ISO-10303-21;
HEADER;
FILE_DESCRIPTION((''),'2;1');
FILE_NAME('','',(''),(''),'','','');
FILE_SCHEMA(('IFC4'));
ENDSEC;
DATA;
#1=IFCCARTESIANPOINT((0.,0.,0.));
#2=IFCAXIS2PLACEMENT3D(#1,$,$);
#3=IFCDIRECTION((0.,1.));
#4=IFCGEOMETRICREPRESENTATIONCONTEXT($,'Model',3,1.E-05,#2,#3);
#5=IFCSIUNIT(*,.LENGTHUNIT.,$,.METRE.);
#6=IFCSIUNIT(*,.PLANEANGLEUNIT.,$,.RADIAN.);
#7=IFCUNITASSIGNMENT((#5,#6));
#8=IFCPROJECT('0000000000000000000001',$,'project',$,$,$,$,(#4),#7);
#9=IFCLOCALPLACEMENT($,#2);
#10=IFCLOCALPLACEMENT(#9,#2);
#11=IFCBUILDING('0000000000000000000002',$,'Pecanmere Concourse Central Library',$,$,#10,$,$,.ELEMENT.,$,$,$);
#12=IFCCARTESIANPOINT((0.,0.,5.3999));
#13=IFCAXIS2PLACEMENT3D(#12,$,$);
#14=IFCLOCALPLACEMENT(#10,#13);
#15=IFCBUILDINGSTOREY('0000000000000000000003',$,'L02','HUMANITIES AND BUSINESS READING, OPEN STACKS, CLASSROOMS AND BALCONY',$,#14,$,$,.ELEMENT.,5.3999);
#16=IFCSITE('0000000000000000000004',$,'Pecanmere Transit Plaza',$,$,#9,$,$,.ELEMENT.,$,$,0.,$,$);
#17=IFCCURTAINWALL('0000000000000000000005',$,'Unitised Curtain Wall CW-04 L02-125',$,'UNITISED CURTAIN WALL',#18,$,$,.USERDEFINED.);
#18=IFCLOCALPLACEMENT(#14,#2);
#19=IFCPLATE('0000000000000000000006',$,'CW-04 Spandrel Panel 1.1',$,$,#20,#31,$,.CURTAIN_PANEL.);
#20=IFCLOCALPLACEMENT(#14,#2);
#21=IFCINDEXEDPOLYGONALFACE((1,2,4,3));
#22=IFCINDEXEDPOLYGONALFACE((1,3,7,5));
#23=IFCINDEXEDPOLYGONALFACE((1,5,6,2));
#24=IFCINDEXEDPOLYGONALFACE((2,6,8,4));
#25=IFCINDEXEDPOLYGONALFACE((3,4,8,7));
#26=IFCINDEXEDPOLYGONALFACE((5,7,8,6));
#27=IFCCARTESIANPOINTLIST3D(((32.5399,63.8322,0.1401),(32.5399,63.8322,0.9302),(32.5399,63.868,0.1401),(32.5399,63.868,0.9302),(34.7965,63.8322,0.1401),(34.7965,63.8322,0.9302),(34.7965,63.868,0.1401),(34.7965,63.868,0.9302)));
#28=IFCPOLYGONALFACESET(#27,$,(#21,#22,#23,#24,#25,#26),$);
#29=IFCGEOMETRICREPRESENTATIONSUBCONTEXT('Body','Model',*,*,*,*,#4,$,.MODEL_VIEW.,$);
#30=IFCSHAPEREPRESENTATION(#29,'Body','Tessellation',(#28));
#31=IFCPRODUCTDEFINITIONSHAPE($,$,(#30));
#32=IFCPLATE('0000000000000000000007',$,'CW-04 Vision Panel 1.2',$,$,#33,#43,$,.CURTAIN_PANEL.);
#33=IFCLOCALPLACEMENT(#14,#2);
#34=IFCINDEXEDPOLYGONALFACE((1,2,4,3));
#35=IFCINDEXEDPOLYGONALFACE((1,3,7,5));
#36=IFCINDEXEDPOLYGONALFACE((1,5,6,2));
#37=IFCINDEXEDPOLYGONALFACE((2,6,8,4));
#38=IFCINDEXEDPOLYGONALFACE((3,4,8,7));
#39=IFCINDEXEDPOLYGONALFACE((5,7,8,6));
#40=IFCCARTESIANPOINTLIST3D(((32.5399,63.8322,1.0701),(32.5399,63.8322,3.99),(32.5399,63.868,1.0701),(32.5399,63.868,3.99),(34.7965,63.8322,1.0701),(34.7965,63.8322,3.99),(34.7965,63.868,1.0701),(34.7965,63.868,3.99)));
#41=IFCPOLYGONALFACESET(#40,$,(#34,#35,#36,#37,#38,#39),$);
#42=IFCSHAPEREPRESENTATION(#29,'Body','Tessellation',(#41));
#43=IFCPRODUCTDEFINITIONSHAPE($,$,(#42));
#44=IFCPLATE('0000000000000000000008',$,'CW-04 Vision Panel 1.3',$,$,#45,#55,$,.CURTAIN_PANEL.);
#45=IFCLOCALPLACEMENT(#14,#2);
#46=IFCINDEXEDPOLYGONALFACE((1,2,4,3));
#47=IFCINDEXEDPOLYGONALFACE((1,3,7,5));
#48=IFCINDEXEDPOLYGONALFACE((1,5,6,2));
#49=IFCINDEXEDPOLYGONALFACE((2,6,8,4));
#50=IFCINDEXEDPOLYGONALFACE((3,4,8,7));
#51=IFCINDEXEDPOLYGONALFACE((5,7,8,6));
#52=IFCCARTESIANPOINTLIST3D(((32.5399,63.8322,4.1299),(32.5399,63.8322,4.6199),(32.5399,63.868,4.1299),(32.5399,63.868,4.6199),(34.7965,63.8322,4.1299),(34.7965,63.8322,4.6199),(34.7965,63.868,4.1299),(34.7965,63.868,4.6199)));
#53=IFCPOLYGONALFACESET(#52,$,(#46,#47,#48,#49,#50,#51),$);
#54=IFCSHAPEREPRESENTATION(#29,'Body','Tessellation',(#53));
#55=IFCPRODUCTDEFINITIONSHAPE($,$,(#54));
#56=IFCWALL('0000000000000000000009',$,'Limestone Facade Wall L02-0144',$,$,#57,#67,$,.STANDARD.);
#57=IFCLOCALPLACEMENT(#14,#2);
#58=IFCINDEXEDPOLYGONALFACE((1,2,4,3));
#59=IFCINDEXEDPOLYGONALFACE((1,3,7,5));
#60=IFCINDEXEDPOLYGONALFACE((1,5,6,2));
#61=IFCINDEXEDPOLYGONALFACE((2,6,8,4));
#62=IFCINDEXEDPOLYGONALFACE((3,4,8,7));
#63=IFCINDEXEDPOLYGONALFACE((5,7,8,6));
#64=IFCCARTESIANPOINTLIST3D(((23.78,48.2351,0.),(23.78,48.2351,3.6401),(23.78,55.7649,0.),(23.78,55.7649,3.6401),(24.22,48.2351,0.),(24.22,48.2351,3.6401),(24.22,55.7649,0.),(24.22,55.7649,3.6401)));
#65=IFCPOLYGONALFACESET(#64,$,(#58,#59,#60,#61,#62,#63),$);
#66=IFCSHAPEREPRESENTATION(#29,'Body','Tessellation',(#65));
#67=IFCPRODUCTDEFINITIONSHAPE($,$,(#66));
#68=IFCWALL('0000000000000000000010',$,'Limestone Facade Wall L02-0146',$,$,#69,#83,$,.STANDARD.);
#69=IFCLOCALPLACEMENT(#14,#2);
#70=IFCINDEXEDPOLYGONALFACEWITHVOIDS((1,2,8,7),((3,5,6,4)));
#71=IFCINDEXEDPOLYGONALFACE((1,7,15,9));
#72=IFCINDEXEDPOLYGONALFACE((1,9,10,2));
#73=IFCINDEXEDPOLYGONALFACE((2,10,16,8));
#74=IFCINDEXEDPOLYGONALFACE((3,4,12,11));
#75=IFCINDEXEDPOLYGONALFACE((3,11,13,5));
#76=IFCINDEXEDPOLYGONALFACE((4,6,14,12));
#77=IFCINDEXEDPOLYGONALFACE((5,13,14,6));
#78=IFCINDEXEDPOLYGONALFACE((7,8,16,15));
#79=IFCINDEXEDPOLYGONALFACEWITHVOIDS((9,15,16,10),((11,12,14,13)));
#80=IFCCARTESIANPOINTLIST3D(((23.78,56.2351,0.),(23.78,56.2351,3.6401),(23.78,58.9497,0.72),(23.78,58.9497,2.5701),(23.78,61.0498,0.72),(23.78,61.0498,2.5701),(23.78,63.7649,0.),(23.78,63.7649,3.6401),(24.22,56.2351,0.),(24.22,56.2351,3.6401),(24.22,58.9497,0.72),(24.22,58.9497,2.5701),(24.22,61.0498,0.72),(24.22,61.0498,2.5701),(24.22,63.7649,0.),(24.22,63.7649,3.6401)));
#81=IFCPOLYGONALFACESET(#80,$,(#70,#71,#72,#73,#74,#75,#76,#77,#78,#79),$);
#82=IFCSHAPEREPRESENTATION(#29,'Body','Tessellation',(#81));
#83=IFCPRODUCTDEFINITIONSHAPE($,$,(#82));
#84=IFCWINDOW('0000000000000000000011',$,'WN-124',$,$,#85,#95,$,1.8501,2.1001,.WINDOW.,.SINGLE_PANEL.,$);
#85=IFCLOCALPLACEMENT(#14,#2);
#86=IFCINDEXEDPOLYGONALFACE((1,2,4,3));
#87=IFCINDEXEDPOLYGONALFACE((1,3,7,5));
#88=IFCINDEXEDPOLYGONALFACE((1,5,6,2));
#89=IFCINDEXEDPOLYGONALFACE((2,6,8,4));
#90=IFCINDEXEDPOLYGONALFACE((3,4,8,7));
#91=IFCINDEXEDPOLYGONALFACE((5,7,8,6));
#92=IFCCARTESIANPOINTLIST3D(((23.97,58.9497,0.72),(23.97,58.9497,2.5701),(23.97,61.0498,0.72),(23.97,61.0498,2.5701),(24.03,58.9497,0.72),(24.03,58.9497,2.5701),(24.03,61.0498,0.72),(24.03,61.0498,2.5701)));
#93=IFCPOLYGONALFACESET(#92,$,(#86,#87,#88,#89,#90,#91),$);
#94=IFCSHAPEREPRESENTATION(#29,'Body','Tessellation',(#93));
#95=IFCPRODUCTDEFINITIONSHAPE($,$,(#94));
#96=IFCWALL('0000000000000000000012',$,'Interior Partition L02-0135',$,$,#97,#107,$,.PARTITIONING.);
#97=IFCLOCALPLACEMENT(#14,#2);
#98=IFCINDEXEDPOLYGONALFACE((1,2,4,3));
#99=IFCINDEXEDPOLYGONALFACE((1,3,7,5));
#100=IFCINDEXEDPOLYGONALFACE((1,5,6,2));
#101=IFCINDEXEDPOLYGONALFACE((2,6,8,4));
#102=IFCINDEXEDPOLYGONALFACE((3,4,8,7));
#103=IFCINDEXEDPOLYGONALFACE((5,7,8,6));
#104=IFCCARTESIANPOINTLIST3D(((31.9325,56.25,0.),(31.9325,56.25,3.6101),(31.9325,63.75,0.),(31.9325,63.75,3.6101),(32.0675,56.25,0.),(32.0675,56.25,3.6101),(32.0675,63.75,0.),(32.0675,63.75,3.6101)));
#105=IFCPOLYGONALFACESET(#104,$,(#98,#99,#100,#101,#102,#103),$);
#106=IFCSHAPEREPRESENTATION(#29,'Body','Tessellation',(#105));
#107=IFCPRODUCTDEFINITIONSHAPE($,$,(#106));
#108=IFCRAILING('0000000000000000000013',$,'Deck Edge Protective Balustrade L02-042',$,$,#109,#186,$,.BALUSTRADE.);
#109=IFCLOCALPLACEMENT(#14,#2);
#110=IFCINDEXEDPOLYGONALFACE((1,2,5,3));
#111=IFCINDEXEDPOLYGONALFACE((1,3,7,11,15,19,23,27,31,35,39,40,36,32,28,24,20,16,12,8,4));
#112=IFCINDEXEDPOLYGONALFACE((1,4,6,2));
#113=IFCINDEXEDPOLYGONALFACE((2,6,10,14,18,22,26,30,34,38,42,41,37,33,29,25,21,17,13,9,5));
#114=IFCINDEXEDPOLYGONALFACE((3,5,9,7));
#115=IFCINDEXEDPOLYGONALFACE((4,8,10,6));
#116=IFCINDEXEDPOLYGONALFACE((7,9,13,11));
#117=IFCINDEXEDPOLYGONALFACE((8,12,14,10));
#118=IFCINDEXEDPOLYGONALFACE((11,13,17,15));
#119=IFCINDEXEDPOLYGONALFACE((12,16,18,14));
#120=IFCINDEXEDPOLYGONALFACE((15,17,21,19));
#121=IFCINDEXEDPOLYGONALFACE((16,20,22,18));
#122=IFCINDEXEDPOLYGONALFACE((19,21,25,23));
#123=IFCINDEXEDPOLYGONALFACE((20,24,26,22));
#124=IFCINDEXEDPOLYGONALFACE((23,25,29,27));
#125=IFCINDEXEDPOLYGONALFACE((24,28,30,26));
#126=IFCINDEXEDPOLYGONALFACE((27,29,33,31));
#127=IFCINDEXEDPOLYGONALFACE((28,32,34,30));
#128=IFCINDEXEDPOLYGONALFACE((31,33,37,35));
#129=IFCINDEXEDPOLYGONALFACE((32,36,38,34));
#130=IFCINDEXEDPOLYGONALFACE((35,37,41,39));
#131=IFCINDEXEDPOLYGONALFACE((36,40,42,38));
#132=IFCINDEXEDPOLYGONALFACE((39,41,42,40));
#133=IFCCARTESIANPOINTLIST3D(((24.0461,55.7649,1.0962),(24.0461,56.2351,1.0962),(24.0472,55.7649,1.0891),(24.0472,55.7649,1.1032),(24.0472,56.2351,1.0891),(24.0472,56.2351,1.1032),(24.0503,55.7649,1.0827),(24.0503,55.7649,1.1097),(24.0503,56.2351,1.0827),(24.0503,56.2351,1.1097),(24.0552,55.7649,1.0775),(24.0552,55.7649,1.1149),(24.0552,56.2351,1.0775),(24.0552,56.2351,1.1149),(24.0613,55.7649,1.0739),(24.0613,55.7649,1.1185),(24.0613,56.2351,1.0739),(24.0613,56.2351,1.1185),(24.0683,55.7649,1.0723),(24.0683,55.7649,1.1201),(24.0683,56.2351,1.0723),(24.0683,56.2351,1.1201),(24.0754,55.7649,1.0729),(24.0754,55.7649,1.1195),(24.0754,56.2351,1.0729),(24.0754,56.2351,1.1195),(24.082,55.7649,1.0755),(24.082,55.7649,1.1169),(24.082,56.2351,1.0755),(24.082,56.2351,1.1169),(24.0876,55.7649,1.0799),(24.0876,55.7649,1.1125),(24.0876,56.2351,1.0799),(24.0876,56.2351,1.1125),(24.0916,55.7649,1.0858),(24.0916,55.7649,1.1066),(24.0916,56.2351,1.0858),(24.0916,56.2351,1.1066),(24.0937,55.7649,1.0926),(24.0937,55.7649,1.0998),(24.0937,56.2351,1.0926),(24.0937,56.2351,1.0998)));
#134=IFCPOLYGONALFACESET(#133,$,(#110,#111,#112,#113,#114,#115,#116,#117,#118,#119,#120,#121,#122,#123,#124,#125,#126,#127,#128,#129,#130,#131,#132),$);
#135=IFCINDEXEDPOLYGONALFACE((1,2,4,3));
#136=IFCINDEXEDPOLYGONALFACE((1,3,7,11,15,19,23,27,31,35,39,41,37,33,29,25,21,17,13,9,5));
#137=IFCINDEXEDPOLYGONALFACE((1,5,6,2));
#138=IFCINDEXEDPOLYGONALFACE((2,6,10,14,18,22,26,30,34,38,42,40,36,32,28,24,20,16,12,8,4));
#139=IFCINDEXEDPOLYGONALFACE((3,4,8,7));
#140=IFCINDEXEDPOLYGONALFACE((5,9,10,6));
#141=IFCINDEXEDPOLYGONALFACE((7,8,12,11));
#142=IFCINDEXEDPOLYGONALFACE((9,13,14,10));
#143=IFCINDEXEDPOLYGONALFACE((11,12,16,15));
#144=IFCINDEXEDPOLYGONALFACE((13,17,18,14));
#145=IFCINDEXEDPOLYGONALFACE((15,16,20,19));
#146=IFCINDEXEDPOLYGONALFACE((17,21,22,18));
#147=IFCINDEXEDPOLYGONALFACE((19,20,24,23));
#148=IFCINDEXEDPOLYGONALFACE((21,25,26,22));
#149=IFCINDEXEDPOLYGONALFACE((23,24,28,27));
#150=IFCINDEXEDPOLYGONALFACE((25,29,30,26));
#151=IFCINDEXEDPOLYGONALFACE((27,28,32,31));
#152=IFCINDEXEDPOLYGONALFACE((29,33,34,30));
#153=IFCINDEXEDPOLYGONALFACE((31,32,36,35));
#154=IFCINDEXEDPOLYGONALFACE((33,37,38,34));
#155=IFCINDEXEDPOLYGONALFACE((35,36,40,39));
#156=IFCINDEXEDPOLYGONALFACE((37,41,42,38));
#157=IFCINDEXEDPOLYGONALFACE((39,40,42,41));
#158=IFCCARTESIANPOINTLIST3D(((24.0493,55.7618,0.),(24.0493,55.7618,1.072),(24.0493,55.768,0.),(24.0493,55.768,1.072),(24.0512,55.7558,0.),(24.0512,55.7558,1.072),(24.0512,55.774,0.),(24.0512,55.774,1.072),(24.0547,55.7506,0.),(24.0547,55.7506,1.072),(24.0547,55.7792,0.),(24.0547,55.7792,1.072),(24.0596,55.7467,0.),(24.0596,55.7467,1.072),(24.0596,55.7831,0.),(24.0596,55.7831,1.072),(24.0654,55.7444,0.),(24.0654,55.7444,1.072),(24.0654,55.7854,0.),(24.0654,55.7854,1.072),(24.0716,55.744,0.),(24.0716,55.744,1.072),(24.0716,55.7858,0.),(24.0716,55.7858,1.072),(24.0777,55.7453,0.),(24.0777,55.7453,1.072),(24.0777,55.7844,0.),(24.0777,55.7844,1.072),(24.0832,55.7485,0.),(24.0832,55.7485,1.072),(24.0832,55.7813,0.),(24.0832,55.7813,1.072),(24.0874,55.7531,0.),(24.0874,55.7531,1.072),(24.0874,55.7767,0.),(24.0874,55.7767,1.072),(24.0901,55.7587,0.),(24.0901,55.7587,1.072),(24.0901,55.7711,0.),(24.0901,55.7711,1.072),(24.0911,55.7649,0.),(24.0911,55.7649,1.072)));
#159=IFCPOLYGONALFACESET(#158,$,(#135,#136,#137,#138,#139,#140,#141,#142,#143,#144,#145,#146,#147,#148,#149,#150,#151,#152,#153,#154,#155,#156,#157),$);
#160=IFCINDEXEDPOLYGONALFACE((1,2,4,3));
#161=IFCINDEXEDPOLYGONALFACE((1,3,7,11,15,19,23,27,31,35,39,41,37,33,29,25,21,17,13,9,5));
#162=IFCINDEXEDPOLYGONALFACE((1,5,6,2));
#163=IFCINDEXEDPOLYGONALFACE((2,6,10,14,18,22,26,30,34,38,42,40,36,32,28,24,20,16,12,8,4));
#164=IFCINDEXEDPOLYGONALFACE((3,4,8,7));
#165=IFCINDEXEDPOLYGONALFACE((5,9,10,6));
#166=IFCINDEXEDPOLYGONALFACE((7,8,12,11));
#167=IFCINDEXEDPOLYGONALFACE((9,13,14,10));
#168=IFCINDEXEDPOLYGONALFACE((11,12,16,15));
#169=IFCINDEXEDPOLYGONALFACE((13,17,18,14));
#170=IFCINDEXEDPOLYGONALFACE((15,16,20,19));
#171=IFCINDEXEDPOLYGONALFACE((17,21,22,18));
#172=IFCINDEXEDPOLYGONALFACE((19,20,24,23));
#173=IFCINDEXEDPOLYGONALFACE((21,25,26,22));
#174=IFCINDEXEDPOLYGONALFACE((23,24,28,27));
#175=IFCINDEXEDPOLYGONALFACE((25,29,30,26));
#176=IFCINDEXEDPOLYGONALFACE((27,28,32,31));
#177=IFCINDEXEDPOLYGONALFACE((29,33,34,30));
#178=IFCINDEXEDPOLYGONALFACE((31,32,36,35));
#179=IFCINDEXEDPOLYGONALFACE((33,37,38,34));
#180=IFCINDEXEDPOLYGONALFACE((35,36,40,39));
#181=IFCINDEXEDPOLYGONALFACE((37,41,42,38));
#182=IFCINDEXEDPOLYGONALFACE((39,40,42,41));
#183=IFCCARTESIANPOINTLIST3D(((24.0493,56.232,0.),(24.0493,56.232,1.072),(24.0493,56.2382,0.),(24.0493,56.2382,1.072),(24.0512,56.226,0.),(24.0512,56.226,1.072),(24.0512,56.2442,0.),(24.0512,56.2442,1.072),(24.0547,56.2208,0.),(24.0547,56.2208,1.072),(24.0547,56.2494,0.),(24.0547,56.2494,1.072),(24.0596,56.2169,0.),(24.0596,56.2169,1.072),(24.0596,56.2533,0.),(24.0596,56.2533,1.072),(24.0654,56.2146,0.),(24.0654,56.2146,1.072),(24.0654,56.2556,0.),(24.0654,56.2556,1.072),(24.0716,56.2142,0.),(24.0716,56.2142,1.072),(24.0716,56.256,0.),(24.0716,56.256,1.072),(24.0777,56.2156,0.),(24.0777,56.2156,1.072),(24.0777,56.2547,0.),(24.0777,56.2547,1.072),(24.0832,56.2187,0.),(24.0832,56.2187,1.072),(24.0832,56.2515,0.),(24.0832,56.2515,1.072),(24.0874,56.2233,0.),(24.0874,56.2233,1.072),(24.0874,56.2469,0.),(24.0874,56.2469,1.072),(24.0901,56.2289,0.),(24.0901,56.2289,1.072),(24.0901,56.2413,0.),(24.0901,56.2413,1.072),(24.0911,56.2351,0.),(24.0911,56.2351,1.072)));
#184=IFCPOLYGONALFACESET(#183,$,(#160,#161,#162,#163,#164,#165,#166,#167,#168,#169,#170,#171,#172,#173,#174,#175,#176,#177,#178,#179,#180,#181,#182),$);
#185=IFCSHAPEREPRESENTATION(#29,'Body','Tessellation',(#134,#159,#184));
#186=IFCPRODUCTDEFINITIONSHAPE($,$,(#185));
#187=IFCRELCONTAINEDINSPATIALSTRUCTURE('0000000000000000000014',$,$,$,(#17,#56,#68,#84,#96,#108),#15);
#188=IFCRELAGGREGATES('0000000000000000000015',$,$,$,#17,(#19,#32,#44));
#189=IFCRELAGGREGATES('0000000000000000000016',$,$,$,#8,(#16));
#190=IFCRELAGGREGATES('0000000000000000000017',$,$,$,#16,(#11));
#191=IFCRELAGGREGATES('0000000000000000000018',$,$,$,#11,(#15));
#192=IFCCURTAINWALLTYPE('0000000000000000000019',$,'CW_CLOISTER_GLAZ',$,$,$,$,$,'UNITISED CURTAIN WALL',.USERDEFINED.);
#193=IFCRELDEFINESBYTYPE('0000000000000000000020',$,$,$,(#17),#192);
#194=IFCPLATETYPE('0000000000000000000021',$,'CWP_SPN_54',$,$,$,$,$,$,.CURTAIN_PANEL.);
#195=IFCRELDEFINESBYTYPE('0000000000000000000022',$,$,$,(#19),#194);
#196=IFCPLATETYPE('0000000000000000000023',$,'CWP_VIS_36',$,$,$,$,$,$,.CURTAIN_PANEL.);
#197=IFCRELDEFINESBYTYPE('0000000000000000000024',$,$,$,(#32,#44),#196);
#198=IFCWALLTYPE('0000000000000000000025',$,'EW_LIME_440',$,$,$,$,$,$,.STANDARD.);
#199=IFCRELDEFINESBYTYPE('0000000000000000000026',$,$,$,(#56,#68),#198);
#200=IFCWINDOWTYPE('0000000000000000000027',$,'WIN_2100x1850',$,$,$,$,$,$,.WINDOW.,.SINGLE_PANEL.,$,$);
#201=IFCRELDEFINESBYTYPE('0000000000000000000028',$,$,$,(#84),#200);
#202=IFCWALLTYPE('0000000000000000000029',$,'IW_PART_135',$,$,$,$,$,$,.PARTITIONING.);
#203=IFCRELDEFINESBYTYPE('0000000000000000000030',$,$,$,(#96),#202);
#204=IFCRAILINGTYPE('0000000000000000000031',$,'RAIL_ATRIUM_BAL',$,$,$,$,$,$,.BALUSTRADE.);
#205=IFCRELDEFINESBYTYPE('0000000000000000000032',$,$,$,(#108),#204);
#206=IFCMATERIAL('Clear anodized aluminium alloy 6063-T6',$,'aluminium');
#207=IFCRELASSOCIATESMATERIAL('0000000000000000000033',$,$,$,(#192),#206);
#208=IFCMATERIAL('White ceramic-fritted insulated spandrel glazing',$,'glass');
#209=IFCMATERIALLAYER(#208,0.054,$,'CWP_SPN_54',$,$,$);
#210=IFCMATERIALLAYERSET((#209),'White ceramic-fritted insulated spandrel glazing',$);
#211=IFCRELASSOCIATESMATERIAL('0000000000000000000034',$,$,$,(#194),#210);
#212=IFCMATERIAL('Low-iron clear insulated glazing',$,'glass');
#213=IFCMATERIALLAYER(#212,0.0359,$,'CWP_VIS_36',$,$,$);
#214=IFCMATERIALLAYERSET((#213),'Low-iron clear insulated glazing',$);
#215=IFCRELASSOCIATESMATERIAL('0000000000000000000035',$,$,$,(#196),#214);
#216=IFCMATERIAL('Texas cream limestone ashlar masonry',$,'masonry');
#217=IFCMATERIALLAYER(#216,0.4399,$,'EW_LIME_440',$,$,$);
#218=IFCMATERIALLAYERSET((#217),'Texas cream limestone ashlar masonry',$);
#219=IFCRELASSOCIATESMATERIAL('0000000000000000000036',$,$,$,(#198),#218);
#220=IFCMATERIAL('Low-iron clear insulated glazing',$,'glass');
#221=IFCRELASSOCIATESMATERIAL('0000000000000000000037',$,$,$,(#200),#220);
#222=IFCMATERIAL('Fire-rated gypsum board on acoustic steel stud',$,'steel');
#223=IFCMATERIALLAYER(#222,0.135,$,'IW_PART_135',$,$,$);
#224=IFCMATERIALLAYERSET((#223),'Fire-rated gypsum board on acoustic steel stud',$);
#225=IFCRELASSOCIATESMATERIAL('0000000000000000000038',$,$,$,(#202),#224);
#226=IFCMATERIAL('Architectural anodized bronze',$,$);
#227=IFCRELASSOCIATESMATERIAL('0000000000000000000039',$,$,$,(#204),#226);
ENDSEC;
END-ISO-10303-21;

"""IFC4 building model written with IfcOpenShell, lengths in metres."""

from ifc_helpers import new_model, si_unit, direction, frame, frame_2d, origin, origin_2d, place, context, subcontext, project, spatial, rectangle, circle, extrude, material, layer, layer_set, type_object, element, fill, aggregate, save


model = new_model("IFC4")

# Units and contexts
model_context = context("Model", 3, precision=1e-05, world=origin(), true_north=direction((0.0, 1.0)))
body_context = subcontext(model_context, "Body", "Model", "MODEL_VIEW")
ifc_project = project(units=[si_unit("LENGTHUNIT", "METRE"), si_unit("PLANEANGLEUNIT", "RADIAN")], contexts=[model_context])

# Site, building, storey
site_placement = place(None, origin())
site = spatial("IfcSite", under=ifc_project, at=site_placement, Name="Pecanmere Transit Plaza", CompositionType="ELEMENT", RefElevation=0.0)
building_placement = place(site_placement, origin())
building = spatial("IfcBuilding", under=site, at=building_placement, Name="Pecanmere Concourse Central Library", CompositionType="ELEMENT")
storey_placement = place(building_placement, frame((0.0, 0.0, 5.3999)))
storey = spatial("IfcBuildingStorey", under=building, at=storey_placement, Name="L02", Description="HUMANITIES AND BUSINESS READING, OPEN STACKS, CLASSROOMS AND BALCONY", CompositionType="ELEMENT", Elevation=5.3999)

# Curtain wall
ifc_material_1 = material(Name="Clear anodized aluminium alloy 6063-T6", Category="aluminium")
curtain_wall_type = type_object("IfcCurtainWallType", Name="CW_CLOISTER_GLAZ", ElementType="UNITISED CURTAIN WALL", PredefinedType="USERDEFINED", material=ifc_material_1)
curtain_wall_placement = place(storey_placement, origin())
curtain_wall = element("IfcCurtainWall", 1, at=curtain_wall_placement, inside=storey, type_object=curtain_wall_type, Name="Unitised Curtain Wall CW-04 L02-125", ObjectType="UNITISED CURTAIN WALL", PredefinedType="USERDEFINED")

# Plates
ifc_material_2 = material(Name="White ceramic-fritted insulated spandrel glazing", Category="glass")
ifc_layer_1 = layer(ifc_material_2, 0.054, Name="CWP_SPN_54")
ifc_layer_set_1 = layer_set([ifc_layer_1], Name="White ceramic-fritted insulated spandrel glazing")
plate_type_1 = type_object("IfcPlateType", Name="CWP_SPN_54", PredefinedType="CURTAIN_PANEL", material=ifc_layer_set_1)
plate_1_placement = place(storey_placement, frame((33.6682, 63.8501, 0.1401), z_axis=(0.0, 0.0, 1.0), x_axis=(1.0, 0.0, 0.0)))
plate_1 = element("IfcPlate", 2, at=plate_1_placement, type_object=plate_type_1, Name="CW-04 Spandrel Panel 1.1", PredefinedType="CURTAIN_PANEL", context=body_context, shape_type="SweptSolid", body=[
    extrude(rectangle(XDim=2.2566, YDim=0.0359, at=origin_2d()), origin(), (0.0, 0.0, 1.0), 0.79),
])
ifc_material_3 = material(Name="Low-iron clear insulated glazing", Category="glass")
ifc_layer_2 = layer(ifc_material_3, 0.0359, Name="CWP_VIS_36")
ifc_layer_set_2 = layer_set([ifc_layer_2], Name="Low-iron clear insulated glazing")
plate_type_2 = type_object("IfcPlateType", Name="CWP_VIS_36", PredefinedType="CURTAIN_PANEL", material=ifc_layer_set_2)
plate_2_placement = place(storey_placement, frame((33.6682, 63.8501, 1.0701), z_axis=(0.0, 0.0, 1.0), x_axis=(1.0, 0.0, 0.0)))
plate_2 = element("IfcPlate", 3, at=plate_2_placement, type_object=plate_type_2, Name="CW-04 Vision Panel 1.2", PredefinedType="CURTAIN_PANEL", context=body_context, shape_type="SweptSolid", body=[
    extrude(rectangle(XDim=2.2566, YDim=0.0359, at=origin_2d()), origin(), (0.0, 0.0, 1.0), 2.9199),
])
plate_3_placement = place(storey_placement, frame((33.6682, 63.8501, 4.1299), z_axis=(0.0, 0.0, 1.0), x_axis=(1.0, 0.0, 0.0)))
plate_3 = element("IfcPlate", 4, at=plate_3_placement, type_object=plate_type_2, Name="CW-04 Vision Panel 1.3", PredefinedType="CURTAIN_PANEL", context=body_context, shape_type="SweptSolid", body=[
    extrude(rectangle(XDim=2.2566, YDim=0.0359, at=origin_2d()), origin(), (0.0, 0.0, 1.0), 0.49),
])
aggregate(curtain_wall, [plate_1, plate_2, plate_3])

# Wall
ifc_material_4 = material(Name="Texas cream limestone ashlar masonry", Category="masonry")
ifc_layer_3 = layer(ifc_material_4, 0.4399, Name="EW_LIME_440")
ifc_layer_set_3 = layer_set([ifc_layer_3], Name="Texas cream limestone ashlar masonry")
wall_type_1 = type_object("IfcWallType", Name="EW_LIME_440", PredefinedType="STANDARD", material=ifc_layer_set_3)
wall_1_placement = place(storey_placement, frame((24.0, 55.7649, 0.0), z_axis=(0.0, 0.0, 1.0), x_axis=(0.0, -1.0, 0.0)))
element("IfcWall", 5, at=wall_1_placement, inside=storey, type_object=wall_type_1, Name="Limestone Facade Wall L02-0144", PredefinedType="STANDARD", context=body_context, shape_type="SweptSolid", body=[
    extrude(rectangle(XDim=7.5298, YDim=0.4399, at=frame_2d((3.7649, 0.0))), origin(), (0.0, 0.0, 1.0), 3.6401),
])

# Wall, opening, window
wall_2_placement = place(storey_placement, frame((24.0, 63.7649, 0.0), z_axis=(0.0, 0.0, 1.0), x_axis=(0.0, -1.0, 0.0)))
wall_2 = element("IfcWall", 6, at=wall_2_placement, inside=storey, type_object=wall_type_1, Name="Limestone Facade Wall L02-0146", PredefinedType="STANDARD", context=body_context, shape_type="SweptSolid", body=[
    extrude(rectangle(XDim=7.5298, YDim=0.4399, at=frame_2d((3.7649, 0.0))), origin(), (0.0, 0.0, 1.0), 3.6401),
])
opening_placement = place(wall_2_placement, frame((2.7151, 0.0, 0.72)))
opening = element("IfcOpeningElement", 7, at=opening_placement, cuts=wall_2, PredefinedType="OPENING", context=body_context, shape_type="SweptSolid", body=[
    extrude(rectangle(XDim=2.1001, YDim=1.8501, at=frame_2d((1.05, 0.925))), frame((0.0, 0.2319, 0.0), z_axis=(0.0, -1.0, 0.0), x_axis=(1.0, 0.0, 0.0)), (0.0, 0.0, 1.0), 0.4639),
])
ifc_material_5 = material(Name="Low-iron clear insulated glazing", Category="glass")
window_type = type_object("IfcWindowType", Name="WIN_2100x1850", PartitioningType="SINGLE_PANEL", PredefinedType="WINDOW", material=ifc_material_5)
window_placement = place(opening_placement, origin())
window = element("IfcWindow", 8, at=window_placement, inside=storey, type_object=window_type, Name="WN-124", OverallHeight=1.8501, OverallWidth=2.1001, PartitioningType="SINGLE_PANEL", PredefinedType="WINDOW", context=body_context, shape_type="SweptSolid", body=[
    extrude(rectangle(XDim=2.1001, YDim=1.8501, at=frame_2d((1.05, 0.925))), frame((0.0, 0.03, 0.0), z_axis=(0.0, -1.0, 0.0), x_axis=(1.0, 0.0, 0.0)), (0.0, 0.0, 1.0), 0.0601),
])
fill(opening, window)

# Wall
ifc_material_6 = material(Name="Fire-rated gypsum board on acoustic steel stud", Category="steel")
ifc_layer_4 = layer(ifc_material_6, 0.135, Name="IW_PART_135")
ifc_layer_set_4 = layer_set([ifc_layer_4], Name="Fire-rated gypsum board on acoustic steel stud")
wall_type_2 = type_object("IfcWallType", Name="IW_PART_135", PredefinedType="PARTITIONING", material=ifc_layer_set_4)
wall_3_placement = place(storey_placement, frame((32.0, 56.25, 0.0), z_axis=(0.0, 0.0, 1.0), x_axis=(0.0, 1.0, 0.0)))
element("IfcWall", 9, at=wall_3_placement, inside=storey, type_object=wall_type_2, Name="Interior Partition L02-0135", PredefinedType="PARTITIONING", context=body_context, shape_type="SweptSolid", body=[
    extrude(rectangle(XDim=7.5, YDim=0.135, at=frame_2d((3.75, 0.0))), origin(), (0.0, 0.0, 1.0), 3.6101),
])

# Railing
ifc_material_7 = material(Name="Architectural anodized bronze")
railing_type = type_object("IfcRailingType", Name="RAIL_ATRIUM_BAL", PredefinedType="BALUSTRADE", material=ifc_material_7)
for number, where, name in (
    (10, (24.0701, 55.7649, 0.0), "Deck Edge Protective Balustrade L02-042"),
):
    element("IfcRailing", number, at=place(storey_placement, frame(where)), inside=storey, type_object=railing_type, Name=name, PredefinedType="BALUSTRADE", context=body_context, shape_type="SweptSolid", body=[
        extrude(circle(Radius=0.0239, at=origin_2d()), frame((0.0, 0.0, 1.0962), z_axis=(0.0, 1.0, 0.0), x_axis=(-1.0, 0.0, 0.0)), (0.0, 0.0, 1.0), 0.4702),
        extrude(circle(Radius=0.021, at=origin_2d()), origin(), (0.0, 0.0, 1.0), 1.072),
        extrude(circle(Radius=0.021, at=origin_2d()), frame((0.0, 0.4702, 0.0)), (0.0, 0.0, 1.0), 1.072),
    ])

save(model, "model.ifc")
